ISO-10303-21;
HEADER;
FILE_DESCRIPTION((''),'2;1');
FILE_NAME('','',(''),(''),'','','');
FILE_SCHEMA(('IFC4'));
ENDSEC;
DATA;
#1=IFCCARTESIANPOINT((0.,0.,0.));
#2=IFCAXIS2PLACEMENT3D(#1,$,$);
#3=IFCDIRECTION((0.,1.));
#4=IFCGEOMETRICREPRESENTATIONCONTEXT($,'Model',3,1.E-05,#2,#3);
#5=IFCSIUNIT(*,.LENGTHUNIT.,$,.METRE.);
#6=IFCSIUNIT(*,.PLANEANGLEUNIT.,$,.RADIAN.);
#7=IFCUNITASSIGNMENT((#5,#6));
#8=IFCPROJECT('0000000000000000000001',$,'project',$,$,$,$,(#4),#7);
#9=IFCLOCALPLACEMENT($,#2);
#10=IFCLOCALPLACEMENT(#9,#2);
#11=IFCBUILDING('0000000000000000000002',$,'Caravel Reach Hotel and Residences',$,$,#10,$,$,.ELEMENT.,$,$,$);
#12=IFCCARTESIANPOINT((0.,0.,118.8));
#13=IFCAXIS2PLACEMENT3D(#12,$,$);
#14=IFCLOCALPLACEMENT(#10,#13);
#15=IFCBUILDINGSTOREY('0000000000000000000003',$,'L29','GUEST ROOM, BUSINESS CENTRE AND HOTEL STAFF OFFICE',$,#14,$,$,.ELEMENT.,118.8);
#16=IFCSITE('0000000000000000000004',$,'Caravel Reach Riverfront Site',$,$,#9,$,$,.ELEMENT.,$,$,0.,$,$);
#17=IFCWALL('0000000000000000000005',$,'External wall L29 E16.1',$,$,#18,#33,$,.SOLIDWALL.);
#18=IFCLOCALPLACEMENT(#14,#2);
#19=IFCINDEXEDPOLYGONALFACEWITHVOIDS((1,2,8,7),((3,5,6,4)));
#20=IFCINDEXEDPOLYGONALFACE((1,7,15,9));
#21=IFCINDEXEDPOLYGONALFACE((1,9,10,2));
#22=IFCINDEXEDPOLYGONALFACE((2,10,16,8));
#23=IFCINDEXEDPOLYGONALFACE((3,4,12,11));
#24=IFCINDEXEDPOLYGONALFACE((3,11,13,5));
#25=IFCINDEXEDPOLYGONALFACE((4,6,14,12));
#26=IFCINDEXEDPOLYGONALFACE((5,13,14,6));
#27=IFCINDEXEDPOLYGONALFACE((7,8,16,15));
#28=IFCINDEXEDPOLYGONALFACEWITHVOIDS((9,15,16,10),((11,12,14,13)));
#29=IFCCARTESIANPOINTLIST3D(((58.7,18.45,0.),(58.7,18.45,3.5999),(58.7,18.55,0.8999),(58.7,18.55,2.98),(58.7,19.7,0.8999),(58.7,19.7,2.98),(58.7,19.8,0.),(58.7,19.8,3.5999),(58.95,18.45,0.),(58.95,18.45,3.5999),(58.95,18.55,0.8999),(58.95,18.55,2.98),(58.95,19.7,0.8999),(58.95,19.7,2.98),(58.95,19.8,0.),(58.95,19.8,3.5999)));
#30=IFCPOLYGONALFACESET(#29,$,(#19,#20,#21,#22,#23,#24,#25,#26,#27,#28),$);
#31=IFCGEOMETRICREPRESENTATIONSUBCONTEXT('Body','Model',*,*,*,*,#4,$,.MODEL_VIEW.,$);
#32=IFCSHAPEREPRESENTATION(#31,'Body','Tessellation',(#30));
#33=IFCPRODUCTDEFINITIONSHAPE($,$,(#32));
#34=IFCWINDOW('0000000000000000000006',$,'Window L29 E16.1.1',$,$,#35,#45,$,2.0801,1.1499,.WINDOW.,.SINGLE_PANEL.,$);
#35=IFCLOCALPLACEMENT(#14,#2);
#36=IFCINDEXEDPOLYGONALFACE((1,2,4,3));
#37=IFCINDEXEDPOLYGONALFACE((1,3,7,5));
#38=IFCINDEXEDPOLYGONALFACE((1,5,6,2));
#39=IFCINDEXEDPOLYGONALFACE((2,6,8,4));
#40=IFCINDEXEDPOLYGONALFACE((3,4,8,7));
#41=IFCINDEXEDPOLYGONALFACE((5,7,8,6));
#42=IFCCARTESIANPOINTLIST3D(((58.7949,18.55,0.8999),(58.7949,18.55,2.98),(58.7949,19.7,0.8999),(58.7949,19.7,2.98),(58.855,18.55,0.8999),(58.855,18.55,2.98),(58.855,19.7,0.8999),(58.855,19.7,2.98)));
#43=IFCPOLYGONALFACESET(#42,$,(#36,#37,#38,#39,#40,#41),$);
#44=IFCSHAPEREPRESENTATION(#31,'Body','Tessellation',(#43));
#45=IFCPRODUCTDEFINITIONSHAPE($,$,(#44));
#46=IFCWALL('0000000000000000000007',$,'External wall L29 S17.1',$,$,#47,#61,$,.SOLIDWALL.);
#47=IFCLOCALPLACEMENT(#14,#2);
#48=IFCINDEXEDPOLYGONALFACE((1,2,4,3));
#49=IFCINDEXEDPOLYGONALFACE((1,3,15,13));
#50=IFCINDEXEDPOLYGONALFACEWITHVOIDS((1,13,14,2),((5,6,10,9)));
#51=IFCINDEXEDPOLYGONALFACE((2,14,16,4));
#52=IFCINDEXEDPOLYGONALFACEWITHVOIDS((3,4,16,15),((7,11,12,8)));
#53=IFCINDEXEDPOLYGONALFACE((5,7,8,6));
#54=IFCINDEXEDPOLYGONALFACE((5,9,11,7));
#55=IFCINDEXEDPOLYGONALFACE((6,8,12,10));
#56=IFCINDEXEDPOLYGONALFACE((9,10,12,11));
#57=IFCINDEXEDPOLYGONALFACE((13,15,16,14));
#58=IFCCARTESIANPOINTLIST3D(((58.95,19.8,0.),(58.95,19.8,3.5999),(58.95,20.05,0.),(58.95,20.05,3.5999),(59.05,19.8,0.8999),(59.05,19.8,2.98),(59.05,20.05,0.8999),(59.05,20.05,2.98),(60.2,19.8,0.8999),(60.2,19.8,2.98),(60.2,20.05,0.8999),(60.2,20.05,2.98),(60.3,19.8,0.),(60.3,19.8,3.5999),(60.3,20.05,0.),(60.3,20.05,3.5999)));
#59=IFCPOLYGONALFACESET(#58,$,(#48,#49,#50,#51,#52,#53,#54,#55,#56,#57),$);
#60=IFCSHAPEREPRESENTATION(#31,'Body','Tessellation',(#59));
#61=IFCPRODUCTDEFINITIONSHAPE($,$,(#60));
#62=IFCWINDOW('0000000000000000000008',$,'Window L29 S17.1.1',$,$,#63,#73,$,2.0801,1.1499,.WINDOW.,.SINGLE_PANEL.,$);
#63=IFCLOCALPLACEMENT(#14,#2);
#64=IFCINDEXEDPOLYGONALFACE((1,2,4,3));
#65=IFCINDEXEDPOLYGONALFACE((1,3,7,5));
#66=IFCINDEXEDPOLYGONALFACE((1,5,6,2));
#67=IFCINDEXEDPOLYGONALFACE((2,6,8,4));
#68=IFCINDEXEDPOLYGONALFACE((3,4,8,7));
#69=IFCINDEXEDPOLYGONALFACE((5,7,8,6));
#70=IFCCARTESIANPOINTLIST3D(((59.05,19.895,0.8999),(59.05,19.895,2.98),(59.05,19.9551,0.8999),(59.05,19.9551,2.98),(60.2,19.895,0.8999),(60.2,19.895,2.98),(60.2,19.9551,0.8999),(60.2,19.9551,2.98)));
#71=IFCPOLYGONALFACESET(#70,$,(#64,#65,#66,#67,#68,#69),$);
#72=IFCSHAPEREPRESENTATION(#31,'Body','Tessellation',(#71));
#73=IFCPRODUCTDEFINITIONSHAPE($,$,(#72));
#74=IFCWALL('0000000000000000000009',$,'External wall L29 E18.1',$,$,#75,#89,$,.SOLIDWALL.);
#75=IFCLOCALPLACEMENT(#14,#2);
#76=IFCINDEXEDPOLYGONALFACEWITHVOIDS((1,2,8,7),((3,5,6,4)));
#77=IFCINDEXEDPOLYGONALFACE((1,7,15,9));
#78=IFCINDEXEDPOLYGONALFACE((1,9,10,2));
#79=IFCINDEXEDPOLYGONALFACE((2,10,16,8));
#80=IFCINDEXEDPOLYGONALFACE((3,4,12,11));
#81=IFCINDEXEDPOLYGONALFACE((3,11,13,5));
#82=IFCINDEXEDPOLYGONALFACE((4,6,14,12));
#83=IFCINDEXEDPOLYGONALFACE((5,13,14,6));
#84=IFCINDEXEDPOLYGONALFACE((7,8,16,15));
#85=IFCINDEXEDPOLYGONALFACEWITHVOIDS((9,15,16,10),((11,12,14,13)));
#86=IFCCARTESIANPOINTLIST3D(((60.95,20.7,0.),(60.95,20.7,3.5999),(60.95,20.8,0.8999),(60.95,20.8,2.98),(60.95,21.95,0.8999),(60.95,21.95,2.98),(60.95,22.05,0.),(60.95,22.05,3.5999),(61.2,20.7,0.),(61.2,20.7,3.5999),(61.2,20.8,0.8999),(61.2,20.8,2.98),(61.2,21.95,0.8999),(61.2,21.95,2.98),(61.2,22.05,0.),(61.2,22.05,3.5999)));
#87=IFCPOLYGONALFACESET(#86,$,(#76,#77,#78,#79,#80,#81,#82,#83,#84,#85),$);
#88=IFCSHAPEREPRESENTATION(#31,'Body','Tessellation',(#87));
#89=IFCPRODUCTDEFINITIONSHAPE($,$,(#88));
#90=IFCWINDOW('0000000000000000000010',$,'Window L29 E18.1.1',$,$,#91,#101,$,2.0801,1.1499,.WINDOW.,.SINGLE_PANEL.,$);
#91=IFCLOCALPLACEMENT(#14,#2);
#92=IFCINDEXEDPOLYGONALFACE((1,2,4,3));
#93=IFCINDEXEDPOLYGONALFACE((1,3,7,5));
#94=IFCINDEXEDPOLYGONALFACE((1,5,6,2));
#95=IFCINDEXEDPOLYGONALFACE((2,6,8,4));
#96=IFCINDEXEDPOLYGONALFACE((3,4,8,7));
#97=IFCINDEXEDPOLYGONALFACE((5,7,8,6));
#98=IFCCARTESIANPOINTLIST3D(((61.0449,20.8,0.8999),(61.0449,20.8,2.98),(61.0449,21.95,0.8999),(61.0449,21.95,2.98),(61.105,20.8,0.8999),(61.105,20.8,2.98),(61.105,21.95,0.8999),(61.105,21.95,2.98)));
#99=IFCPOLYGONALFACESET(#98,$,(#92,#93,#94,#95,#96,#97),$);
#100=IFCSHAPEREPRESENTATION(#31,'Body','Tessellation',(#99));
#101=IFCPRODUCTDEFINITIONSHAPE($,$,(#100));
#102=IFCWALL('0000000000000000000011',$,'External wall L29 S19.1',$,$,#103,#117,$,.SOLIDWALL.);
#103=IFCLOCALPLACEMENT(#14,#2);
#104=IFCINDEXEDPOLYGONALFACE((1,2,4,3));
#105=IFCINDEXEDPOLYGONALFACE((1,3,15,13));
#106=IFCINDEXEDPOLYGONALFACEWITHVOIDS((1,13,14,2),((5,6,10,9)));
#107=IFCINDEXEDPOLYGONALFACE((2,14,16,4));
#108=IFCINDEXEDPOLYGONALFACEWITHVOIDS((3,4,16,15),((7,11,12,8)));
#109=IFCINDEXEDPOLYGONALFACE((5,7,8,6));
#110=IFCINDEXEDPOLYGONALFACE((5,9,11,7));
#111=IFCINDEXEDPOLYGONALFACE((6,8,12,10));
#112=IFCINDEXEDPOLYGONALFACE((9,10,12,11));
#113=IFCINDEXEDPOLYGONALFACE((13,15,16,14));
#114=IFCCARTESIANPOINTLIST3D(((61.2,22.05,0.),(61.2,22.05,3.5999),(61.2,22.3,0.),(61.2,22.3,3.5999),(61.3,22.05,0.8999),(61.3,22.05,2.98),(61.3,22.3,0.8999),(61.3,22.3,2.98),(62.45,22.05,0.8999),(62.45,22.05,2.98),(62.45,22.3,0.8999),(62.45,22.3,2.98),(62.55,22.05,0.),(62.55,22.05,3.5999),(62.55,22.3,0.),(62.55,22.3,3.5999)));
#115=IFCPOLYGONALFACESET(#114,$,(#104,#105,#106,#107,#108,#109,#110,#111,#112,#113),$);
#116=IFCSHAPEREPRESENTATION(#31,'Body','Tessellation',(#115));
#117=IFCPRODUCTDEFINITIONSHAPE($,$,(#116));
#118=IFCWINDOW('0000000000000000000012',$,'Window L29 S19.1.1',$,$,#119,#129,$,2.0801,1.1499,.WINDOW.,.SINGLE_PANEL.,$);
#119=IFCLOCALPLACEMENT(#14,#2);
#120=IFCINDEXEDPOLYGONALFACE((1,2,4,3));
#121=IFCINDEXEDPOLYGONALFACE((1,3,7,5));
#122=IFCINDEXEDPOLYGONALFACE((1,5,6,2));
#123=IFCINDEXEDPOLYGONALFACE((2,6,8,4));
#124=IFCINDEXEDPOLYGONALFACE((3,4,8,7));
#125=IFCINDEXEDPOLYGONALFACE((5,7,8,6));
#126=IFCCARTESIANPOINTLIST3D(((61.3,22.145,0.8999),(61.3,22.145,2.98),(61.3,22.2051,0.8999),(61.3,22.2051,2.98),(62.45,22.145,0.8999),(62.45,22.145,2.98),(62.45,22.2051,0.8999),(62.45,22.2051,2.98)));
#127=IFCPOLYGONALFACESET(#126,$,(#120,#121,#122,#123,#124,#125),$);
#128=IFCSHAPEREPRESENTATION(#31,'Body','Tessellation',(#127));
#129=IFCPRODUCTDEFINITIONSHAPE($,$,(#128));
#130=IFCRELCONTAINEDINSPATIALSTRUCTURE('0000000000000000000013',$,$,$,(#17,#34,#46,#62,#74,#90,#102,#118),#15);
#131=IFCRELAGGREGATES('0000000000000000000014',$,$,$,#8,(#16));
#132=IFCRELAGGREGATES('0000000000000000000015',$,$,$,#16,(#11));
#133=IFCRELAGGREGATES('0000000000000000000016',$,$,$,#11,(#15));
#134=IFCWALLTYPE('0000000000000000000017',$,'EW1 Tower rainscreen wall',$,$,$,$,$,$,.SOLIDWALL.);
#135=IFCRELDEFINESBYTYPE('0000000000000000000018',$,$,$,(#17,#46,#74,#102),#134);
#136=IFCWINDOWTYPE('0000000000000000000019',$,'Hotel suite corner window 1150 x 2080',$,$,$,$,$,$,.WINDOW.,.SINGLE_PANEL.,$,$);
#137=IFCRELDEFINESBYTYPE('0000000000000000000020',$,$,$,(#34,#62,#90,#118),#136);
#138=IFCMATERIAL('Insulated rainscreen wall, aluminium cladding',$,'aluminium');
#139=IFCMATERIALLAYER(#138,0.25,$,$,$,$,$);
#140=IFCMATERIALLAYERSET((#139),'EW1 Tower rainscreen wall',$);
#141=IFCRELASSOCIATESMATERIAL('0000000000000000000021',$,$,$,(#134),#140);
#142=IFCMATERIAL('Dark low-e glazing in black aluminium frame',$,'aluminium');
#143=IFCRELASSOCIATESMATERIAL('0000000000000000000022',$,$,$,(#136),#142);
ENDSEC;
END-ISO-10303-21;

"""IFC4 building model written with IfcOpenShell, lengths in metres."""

from ifc_helpers import new_model, si_unit, direction, frame, frame_2d, origin, place, context, subcontext, project, spatial, rectangle, extrude, material, layer, layer_set, type_object, element, fill, save


model = new_model("IFC4")

# Units and contexts
model_context = context("Model", 3, precision=1e-05, world=origin(), true_north=direction((0.0, 1.0)))
body_context = subcontext(model_context, "Body", "Model", "MODEL_VIEW")
ifc_project = project(units=[si_unit("LENGTHUNIT", "METRE"), si_unit("PLANEANGLEUNIT", "RADIAN")], contexts=[model_context])

# Site, building, storey
site_placement = place(None, origin())
site = spatial("IfcSite", under=ifc_project, at=site_placement, Name="Caravel Reach Riverfront Site", CompositionType="ELEMENT", RefElevation=0.0)
building_placement = place(site_placement, origin())
building = spatial("IfcBuilding", under=site, at=building_placement, Name="Caravel Reach Hotel and Residences", CompositionType="ELEMENT")
storey_placement = place(building_placement, frame((0.0, 0.0, 118.8)))
storey = spatial("IfcBuildingStorey", under=building, at=storey_placement, Name="L29", Description="GUEST ROOM, BUSINESS CENTRE AND HOTEL STAFF OFFICE", CompositionType="ELEMENT", Elevation=118.8)

# Shared definitions
ifc_material_1 = material(Name="Insulated rainscreen wall, aluminium cladding", Category="aluminium")
ifc_layer_1 = layer(ifc_material_1, 0.25)
ifc_layer_set_1 = layer_set([ifc_layer_1], Name="EW1 Tower rainscreen wall")
wall_type_1 = type_object("IfcWallType", Name="EW1 Tower rainscreen wall", PredefinedType="SOLIDWALL", material=ifc_layer_set_1)

# Walls, openings, windows
wall_1_placement = place(storey_placement, frame((58.825, 18.45, 0.0), z_axis=(0.0, 0.0, 1.0), x_axis=(0.0, 1.0, 0.0)))
wall_1 = element("IfcWall", 1, at=wall_1_placement, inside=storey, type_object=wall_type_1, Name="External wall L29 E16.1", PredefinedType="SOLIDWALL", context=body_context, shape_type="SweptSolid", body=[
    extrude(rectangle(XDim=1.3501, YDim=0.25, at=frame_2d((0.675, 0.0))), origin(), (0.0, 0.0, 1.0), 3.5999),
])
opening_1_placement = place(wall_1_placement, frame((0.1001, 0.0, 0.8999)))
opening_1 = element("IfcOpeningElement", 2, at=opening_1_placement, cuts=wall_1, PredefinedType="OPENING", context=body_context, shape_type="SweptSolid", body=[
    extrude(rectangle(XDim=1.1499, YDim=2.0801, at=frame_2d((0.575, 1.04))), frame((0.0, 0.135, 0.0), z_axis=(0.0, -1.0, 0.0), x_axis=(1.0, 0.0, 0.0)), (0.0, 0.0, 1.0), 0.27),
])
ifc_material_2 = material(Name="Dark low-e glazing in black aluminium frame", Category="aluminium")
window_type_1 = type_object("IfcWindowType", Name="Hotel suite corner window 1150 x 2080", PartitioningType="SINGLE_PANEL", PredefinedType="WINDOW", material=ifc_material_2)
window_1_placement = place(opening_1_placement, origin())
window_1 = element("IfcWindow", 3, at=window_1_placement, inside=storey, type_object=window_type_1, Name="Window L29 E16.1.1", OverallHeight=2.0801, OverallWidth=1.1499, PartitioningType="SINGLE_PANEL", PredefinedType="WINDOW", context=body_context, shape_type="SweptSolid", body=[
    extrude(rectangle(XDim=1.1499, YDim=2.0801, at=frame_2d((0.575, 1.04))), frame((0.0, 0.03, 0.0), z_axis=(0.0, -1.0, 0.0), x_axis=(1.0, 0.0, 0.0)), (0.0, 0.0, 1.0), 0.0601),
])
fill(opening_1, window_1)
wall_2_placement = place(storey_placement, frame((58.95, 19.925, 0.0), z_axis=(0.0, 0.0, 1.0), x_axis=(1.0, 0.0, 0.0)))
wall_2 = element("IfcWall", 4, at=wall_2_placement, inside=storey, type_object=wall_type_1, Name="External wall L29 S17.1", PredefinedType="SOLIDWALL", context=body_context, shape_type="SweptSolid", body=[
    extrude(rectangle(XDim=1.3501, YDim=0.25, at=frame_2d((0.675, 0.0))), origin(), (0.0, 0.0, 1.0), 3.5999),
])
opening_2_placement = place(wall_2_placement, frame((0.1001, 0.0, 0.8999)))
opening_2 = element("IfcOpeningElement", 5, at=opening_2_placement, cuts=wall_2, PredefinedType="OPENING", context=body_context, shape_type="SweptSolid", body=[
    extrude(rectangle(XDim=1.1499, YDim=2.0801, at=frame_2d((0.575, 1.04))), frame((0.0, 0.135, 0.0), z_axis=(0.0, -1.0, 0.0), x_axis=(1.0, 0.0, 0.0)), (0.0, 0.0, 1.0), 0.27),
])
window_2_placement = place(opening_2_placement, origin())
window_2 = element("IfcWindow", 6, at=window_2_placement, inside=storey, type_object=window_type_1, Name="Window L29 S17.1.1", OverallHeight=2.0801, OverallWidth=1.1499, PartitioningType="SINGLE_PANEL", PredefinedType="WINDOW", context=body_context, shape_type="SweptSolid", body=[
    extrude(rectangle(XDim=1.1499, YDim=2.0801, at=frame_2d((0.575, 1.04))), frame((0.0, 0.03, 0.0), z_axis=(0.0, -1.0, 0.0), x_axis=(1.0, 0.0, 0.0)), (0.0, 0.0, 1.0), 0.0601),
])
fill(opening_2, window_2)
wall_3_placement = place(storey_placement, frame((61.075, 20.7, 0.0), z_axis=(0.0, 0.0, 1.0), x_axis=(0.0, 1.0, 0.0)))
wall_3 = element("IfcWall", 7, at=wall_3_placement, inside=storey, type_object=wall_type_1, Name="External wall L29 E18.1", PredefinedType="SOLIDWALL", context=body_context, shape_type="SweptSolid", body=[
    extrude(rectangle(XDim=1.3501, YDim=0.25, at=frame_2d((0.675, 0.0))), origin(), (0.0, 0.0, 1.0), 3.5999),
])
opening_3_placement = place(wall_3_placement, frame((0.1001, 0.0, 0.8999)))
opening_3 = element("IfcOpeningElement", 8, at=opening_3_placement, cuts=wall_3, PredefinedType="OPENING", context=body_context, shape_type="SweptSolid", body=[
    extrude(rectangle(XDim=1.1499, YDim=2.0801, at=frame_2d((0.575, 1.04))), frame((0.0, 0.135, 0.0), z_axis=(0.0, -1.0, 0.0), x_axis=(1.0, 0.0, 0.0)), (0.0, 0.0, 1.0), 0.27),
])
window_3_placement = place(opening_3_placement, origin())
window_3 = element("IfcWindow", 9, at=window_3_placement, inside=storey, type_object=window_type_1, Name="Window L29 E18.1.1", OverallHeight=2.0801, OverallWidth=1.1499, PartitioningType="SINGLE_PANEL", PredefinedType="WINDOW", context=body_context, shape_type="SweptSolid", body=[
    extrude(rectangle(XDim=1.1499, YDim=2.0801, at=frame_2d((0.575, 1.04))), frame((0.0, 0.03, 0.0), z_axis=(0.0, -1.0, 0.0), x_axis=(1.0, 0.0, 0.0)), (0.0, 0.0, 1.0), 0.0601),
])
fill(opening_3, window_3)
wall_4_placement = place(storey_placement, frame((61.2, 22.175, 0.0), z_axis=(0.0, 0.0, 1.0), x_axis=(1.0, 0.0, 0.0)))
wall_4 = element("IfcWall", 10, at=wall_4_placement, inside=storey, type_object=wall_type_1, Name="External wall L29 S19.1", PredefinedType="SOLIDWALL", context=body_context, shape_type="SweptSolid", body=[
    extrude(rectangle(XDim=1.3501, YDim=0.25, at=frame_2d((0.675, 0.0))), origin(), (0.0, 0.0, 1.0), 3.5999),
])
opening_4_placement = place(wall_4_placement, frame((0.1001, 0.0, 0.8999)))
opening_4 = element("IfcOpeningElement", 11, at=opening_4_placement, cuts=wall_4, PredefinedType="OPENING", context=body_context, shape_type="SweptSolid", body=[
    extrude(rectangle(XDim=1.1499, YDim=2.0801, at=frame_2d((0.575, 1.04))), frame((0.0, 0.135, 0.0), z_axis=(0.0, -1.0, 0.0), x_axis=(1.0, 0.0, 0.0)), (0.0, 0.0, 1.0), 0.27),
])
window_4_placement = place(opening_4_placement, origin())
window_4 = element("IfcWindow", 12, at=window_4_placement, inside=storey, type_object=window_type_1, Name="Window L29 S19.1.1", OverallHeight=2.0801, OverallWidth=1.1499, PartitioningType="SINGLE_PANEL", PredefinedType="WINDOW", context=body_context, shape_type="SweptSolid", body=[
    extrude(rectangle(XDim=1.1499, YDim=2.0801, at=frame_2d((0.575, 1.04))), frame((0.0, 0.03, 0.0), z_axis=(0.0, -1.0, 0.0), x_axis=(1.0, 0.0, 0.0)), (0.0, 0.0, 1.0), 0.0601),
])
fill(opening_4, window_4)

save(model, "model.ifc")
